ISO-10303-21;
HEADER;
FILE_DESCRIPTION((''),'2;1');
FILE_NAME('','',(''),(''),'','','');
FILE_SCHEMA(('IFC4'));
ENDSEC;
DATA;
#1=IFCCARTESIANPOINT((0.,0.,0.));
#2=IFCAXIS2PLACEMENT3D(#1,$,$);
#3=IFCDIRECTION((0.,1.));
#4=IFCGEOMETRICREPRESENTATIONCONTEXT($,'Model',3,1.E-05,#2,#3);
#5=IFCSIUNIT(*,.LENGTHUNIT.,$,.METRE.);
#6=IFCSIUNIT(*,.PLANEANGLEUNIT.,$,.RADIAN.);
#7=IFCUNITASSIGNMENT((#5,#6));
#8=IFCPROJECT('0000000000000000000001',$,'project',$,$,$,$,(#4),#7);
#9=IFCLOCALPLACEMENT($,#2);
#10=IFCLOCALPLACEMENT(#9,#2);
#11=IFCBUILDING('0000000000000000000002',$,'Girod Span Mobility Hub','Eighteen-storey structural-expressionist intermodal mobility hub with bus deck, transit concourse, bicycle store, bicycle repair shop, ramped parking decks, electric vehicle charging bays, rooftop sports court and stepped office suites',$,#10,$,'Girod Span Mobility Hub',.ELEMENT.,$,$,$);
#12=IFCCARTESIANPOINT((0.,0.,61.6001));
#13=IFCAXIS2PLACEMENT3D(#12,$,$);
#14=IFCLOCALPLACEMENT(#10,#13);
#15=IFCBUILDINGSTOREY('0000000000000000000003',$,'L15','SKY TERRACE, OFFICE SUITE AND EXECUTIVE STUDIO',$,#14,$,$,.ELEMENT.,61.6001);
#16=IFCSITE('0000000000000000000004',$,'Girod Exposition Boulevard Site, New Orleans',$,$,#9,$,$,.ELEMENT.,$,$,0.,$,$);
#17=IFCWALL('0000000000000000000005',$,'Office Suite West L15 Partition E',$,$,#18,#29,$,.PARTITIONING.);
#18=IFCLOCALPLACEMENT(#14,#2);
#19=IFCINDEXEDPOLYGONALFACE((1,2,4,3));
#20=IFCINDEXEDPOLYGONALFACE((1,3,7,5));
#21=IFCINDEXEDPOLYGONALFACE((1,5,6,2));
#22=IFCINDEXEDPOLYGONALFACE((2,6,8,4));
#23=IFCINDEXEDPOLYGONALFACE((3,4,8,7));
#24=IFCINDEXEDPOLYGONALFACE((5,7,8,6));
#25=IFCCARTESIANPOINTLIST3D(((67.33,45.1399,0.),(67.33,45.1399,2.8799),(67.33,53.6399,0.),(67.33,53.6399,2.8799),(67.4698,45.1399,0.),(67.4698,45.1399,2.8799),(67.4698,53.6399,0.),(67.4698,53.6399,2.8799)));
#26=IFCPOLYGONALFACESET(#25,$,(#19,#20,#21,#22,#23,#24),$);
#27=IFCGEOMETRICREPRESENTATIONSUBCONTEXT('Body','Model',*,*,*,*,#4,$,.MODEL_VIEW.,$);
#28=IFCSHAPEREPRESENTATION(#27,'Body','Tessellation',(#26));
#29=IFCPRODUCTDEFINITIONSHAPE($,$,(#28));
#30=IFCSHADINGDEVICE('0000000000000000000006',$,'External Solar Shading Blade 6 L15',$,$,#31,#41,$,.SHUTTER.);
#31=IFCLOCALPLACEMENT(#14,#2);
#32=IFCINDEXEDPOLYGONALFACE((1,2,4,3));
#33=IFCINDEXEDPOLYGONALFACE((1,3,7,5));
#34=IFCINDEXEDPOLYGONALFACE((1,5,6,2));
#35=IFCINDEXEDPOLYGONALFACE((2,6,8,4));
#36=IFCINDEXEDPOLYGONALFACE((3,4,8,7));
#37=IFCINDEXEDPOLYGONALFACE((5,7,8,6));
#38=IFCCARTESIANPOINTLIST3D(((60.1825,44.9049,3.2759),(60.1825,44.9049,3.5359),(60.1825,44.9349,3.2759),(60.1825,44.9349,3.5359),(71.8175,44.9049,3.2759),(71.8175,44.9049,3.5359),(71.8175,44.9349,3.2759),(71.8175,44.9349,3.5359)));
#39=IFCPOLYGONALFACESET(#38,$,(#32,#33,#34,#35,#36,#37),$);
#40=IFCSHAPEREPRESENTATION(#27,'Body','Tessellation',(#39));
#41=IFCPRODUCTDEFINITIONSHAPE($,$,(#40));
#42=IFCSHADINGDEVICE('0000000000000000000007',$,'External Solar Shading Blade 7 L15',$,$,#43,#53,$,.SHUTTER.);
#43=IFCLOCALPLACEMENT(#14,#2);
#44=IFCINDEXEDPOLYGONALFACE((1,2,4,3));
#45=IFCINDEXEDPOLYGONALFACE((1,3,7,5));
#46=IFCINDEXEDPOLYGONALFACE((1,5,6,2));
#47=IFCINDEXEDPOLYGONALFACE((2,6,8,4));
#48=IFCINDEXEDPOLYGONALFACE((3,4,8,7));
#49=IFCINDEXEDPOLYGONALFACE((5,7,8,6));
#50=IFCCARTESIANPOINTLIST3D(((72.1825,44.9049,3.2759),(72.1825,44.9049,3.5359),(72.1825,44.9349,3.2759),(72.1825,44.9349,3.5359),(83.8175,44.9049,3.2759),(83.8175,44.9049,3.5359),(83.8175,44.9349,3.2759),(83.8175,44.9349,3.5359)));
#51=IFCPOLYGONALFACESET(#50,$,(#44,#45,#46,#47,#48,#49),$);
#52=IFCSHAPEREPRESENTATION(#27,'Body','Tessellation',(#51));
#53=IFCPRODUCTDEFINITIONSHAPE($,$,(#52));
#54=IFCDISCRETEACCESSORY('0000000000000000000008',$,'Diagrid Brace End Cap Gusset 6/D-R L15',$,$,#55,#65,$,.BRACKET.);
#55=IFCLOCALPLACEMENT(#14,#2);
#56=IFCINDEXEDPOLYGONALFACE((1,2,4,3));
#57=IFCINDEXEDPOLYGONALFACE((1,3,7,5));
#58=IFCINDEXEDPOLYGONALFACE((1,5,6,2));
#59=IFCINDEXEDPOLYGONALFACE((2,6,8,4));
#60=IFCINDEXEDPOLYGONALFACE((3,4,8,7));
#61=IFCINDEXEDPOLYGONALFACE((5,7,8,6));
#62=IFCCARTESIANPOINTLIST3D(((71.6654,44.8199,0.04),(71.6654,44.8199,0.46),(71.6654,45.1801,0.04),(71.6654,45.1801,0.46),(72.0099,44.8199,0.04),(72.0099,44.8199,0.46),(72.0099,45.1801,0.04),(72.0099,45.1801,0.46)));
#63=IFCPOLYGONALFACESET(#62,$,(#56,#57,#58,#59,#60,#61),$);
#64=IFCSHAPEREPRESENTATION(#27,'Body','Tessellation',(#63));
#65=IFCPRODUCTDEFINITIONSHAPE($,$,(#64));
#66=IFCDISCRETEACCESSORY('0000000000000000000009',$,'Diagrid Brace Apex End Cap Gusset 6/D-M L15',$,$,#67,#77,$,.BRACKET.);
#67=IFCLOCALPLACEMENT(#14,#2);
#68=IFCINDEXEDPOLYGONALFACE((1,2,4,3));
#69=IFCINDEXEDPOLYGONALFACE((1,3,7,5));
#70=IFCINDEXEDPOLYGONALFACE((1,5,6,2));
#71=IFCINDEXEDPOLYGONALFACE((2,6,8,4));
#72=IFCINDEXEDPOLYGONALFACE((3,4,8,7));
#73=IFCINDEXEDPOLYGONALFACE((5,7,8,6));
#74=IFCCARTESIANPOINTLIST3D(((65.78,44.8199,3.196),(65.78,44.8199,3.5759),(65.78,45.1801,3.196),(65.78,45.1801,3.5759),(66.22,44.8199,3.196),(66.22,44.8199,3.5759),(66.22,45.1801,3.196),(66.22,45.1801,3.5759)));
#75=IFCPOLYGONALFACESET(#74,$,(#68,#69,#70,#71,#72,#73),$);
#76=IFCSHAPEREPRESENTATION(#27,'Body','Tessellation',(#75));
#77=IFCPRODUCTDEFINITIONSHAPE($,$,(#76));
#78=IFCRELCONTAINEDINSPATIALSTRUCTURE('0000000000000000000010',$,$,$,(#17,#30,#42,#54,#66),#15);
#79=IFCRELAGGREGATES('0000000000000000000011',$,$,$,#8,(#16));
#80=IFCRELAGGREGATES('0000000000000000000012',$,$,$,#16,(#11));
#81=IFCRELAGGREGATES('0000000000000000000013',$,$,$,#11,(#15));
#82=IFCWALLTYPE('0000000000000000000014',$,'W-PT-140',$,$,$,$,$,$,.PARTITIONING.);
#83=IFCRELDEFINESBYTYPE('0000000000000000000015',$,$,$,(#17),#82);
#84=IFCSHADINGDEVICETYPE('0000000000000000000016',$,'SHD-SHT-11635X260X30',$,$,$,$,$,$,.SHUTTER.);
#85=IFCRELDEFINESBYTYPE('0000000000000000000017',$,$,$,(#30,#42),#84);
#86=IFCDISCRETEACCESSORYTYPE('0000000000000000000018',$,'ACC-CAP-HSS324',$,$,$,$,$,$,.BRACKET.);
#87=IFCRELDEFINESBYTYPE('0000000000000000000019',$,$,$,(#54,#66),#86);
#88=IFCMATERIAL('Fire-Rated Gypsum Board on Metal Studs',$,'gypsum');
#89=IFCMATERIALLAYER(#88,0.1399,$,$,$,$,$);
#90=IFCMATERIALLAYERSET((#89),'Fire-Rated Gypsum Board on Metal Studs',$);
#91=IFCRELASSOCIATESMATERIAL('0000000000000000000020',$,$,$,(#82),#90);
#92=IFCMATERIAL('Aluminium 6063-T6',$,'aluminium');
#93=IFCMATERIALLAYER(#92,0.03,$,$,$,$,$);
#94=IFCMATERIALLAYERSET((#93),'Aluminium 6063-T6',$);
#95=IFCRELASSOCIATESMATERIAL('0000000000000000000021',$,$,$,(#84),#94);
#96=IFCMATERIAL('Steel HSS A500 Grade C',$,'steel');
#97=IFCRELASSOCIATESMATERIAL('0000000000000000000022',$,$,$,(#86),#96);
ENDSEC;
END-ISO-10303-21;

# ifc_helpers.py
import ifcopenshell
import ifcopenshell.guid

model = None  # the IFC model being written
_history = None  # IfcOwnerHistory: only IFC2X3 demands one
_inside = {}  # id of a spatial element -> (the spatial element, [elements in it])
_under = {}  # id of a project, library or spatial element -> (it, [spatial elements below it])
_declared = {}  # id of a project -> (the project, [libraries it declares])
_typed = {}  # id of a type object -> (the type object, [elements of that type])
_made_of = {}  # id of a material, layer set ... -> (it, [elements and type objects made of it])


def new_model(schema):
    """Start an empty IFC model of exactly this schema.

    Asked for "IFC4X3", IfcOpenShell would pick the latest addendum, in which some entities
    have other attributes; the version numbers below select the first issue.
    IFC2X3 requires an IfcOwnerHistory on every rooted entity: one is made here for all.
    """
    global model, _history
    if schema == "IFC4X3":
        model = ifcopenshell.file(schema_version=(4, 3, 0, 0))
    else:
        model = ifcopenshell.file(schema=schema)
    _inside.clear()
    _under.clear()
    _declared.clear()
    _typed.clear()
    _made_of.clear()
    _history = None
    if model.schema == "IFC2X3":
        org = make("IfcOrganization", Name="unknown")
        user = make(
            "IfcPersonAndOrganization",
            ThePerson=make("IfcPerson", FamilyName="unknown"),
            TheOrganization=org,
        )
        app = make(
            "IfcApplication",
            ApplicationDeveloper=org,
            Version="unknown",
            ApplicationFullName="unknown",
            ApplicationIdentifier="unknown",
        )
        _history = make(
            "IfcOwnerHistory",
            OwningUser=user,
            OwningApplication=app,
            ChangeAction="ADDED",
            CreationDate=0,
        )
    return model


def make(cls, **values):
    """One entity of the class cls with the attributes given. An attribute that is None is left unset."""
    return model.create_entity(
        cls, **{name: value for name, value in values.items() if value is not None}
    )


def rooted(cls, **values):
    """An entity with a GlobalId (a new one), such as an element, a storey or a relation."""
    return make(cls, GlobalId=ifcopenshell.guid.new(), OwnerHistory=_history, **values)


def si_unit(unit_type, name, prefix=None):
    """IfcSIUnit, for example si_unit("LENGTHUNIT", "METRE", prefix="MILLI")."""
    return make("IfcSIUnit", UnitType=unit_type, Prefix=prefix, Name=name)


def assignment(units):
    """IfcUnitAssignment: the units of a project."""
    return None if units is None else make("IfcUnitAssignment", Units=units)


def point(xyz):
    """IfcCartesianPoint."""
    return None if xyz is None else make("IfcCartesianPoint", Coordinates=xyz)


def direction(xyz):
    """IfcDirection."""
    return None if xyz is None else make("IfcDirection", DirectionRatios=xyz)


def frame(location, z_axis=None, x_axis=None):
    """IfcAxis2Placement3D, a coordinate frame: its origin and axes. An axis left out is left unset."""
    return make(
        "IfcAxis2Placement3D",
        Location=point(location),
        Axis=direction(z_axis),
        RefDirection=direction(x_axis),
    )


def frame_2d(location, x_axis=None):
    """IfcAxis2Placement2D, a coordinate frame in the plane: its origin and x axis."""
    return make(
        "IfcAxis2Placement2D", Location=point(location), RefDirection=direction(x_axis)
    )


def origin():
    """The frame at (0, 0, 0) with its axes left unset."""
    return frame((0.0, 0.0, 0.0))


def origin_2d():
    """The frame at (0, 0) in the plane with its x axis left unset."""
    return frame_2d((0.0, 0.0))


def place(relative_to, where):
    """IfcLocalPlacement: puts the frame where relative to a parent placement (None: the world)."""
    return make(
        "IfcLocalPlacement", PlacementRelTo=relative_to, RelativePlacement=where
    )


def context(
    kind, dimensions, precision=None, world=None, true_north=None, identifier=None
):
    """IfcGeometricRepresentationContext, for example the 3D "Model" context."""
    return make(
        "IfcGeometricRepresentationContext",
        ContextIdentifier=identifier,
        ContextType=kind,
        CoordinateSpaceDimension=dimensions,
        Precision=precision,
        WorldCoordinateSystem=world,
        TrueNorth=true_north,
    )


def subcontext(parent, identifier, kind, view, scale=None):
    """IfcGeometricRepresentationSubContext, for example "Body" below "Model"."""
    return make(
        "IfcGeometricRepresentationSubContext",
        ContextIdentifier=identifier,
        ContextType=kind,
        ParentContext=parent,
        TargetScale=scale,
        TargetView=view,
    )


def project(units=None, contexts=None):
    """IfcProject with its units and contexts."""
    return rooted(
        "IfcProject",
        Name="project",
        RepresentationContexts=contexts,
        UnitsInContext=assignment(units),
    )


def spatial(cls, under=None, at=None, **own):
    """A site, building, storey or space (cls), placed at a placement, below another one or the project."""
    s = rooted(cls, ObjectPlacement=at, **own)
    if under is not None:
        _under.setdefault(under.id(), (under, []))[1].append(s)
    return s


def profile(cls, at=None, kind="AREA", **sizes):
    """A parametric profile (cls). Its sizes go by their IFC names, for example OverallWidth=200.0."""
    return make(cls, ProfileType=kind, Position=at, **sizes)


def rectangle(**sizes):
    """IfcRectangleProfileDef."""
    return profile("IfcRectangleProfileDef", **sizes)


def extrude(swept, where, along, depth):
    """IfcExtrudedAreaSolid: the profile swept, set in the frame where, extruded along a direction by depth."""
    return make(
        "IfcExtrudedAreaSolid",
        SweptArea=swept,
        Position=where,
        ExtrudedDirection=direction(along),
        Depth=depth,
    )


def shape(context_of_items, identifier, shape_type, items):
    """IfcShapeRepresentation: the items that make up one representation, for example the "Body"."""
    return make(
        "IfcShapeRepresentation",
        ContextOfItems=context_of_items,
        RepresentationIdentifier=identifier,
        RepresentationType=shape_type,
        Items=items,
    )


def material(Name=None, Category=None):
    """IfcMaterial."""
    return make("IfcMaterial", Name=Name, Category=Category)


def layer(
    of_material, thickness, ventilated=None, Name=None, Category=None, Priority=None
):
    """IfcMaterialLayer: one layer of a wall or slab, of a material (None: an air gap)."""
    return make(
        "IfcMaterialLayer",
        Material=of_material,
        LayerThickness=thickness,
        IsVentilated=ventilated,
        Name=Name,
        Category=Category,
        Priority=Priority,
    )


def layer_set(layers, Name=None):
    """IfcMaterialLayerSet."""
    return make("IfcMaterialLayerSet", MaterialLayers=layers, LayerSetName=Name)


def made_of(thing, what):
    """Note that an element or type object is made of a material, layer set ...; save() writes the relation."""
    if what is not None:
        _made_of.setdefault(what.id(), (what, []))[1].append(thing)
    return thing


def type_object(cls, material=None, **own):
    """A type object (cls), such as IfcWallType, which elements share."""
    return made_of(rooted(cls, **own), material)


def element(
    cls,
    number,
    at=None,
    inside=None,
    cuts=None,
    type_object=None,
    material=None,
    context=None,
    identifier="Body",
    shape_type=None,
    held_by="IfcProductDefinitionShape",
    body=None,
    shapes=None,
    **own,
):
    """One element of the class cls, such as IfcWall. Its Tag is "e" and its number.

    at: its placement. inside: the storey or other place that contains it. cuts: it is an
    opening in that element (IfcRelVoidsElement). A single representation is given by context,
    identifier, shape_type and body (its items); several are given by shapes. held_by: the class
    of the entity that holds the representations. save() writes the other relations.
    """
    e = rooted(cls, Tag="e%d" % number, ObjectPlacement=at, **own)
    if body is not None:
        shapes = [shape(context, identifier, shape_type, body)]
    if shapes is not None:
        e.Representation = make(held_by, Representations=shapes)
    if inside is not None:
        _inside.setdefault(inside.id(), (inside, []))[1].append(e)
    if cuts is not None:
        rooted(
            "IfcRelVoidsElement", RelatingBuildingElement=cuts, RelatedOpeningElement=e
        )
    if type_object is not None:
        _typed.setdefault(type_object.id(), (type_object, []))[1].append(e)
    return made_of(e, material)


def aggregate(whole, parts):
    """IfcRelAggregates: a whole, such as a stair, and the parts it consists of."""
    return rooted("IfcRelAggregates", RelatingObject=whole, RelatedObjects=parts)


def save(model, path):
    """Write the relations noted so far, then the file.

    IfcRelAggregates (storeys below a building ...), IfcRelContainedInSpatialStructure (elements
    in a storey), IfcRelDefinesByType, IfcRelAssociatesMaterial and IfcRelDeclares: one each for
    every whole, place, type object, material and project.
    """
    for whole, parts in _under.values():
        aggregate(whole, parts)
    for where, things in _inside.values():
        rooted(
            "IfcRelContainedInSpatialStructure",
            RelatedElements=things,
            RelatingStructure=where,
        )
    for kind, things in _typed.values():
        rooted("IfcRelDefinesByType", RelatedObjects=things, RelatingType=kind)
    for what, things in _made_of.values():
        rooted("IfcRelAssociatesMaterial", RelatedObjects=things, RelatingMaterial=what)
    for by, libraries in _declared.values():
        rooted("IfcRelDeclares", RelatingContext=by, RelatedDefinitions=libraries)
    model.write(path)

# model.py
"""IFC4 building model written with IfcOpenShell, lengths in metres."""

from ifc_helpers import new_model, si_unit, direction, frame, frame_2d, origin, origin_2d, place, context, subcontext, project, spatial, rectangle, extrude, material, layer, layer_set, type_object, element, save


model = new_model("IFC4")

# Units and contexts
model_context = context("Model", 3, precision=1e-05, world=origin(), true_north=direction((0.0, 1.0)))
body_context = subcontext(model_context, "Body", "Model", "MODEL_VIEW")
ifc_project = project(units=[si_unit("LENGTHUNIT", "METRE"), si_unit("PLANEANGLEUNIT", "RADIAN")], contexts=[model_context])

# Site, building, storey
site_placement = place(None, origin())
site = spatial("IfcSite", under=ifc_project, at=site_placement, Name="Girod Exposition Boulevard Site, New Orleans", CompositionType="ELEMENT", RefElevation=0.0)
building_placement = place(site_placement, origin())
building = spatial("IfcBuilding", under=site, at=building_placement, Name="Girod Span Mobility Hub", Description="Eighteen-storey structural-expressionist intermodal mobility hub with bus deck, transit concourse, bicycle store, bicycle repair shop, ramped parking decks, electric vehicle charging bays, rooftop sports court and stepped office suites", LongName="Girod Span Mobility Hub", CompositionType="ELEMENT")
storey_placement = place(building_placement, frame((0.0, 0.0, 61.6001)))
storey = spatial("IfcBuildingStorey", under=building, at=storey_placement, Name="L15", Description="SKY TERRACE, OFFICE SUITE AND EXECUTIVE STUDIO", CompositionType="ELEMENT", Elevation=61.6001)

# Wall
ifc_material_1 = material(Name="Fire-Rated Gypsum Board on Metal Studs", Category="gypsum")
ifc_layer_1 = layer(ifc_material_1, 0.1399)
ifc_layer_set_1 = layer_set([ifc_layer_1], Name="Fire-Rated Gypsum Board on Metal Studs")
wall_type_1 = type_object("IfcWallType", Name="W-PT-140", PredefinedType="PARTITIONING", material=ifc_layer_set_1)
wall_1_placement = place(storey_placement, frame((67.3999, 45.1399, 0.0), z_axis=(0.0, 0.0, 1.0), x_axis=(0.0, 1.0, 0.0)))
element("IfcWall", 1, at=wall_1_placement, inside=storey, type_object=wall_type_1, Name="Office Suite West L15 Partition E", PredefinedType="PARTITIONING", context=body_context, shape_type="SweptSolid", body=[
    extrude(rectangle(XDim=8.5, YDim=0.1399, at=frame_2d((4.25, 0.0))), origin(), (0.0, 0.0, 1.0), 2.8799),
])

# Shading devices
ifc_material_2 = material(Name="Aluminium 6063-T6", Category="aluminium")
ifc_layer_2 = layer(ifc_material_2, 0.03)
ifc_layer_set_2 = layer_set([ifc_layer_2], Name="Aluminium 6063-T6")
shading_device_type = type_object("IfcShadingDeviceType", Name="SHD-SHT-11635X260X30", PredefinedType="SHUTTER", material=ifc_layer_set_2)
for number, where, z_axis, x_axis, name in (
    (2, (66.0, 44.9199, 3.2759), (0.0, 0.0, 1.0), (1.0, 0.0, 0.0), "External Solar Shading Blade 6 L15"),
    (3, (78.0, 44.9199, 3.2759), (0.0, 0.0, 1.0), (1.0, 0.0, 0.0), "External Solar Shading Blade 7 L15"),
):
    element("IfcShadingDevice", number, at=place(storey_placement, frame(where, z_axis=z_axis, x_axis=x_axis)), inside=storey, type_object=shading_device_type, Name=name, PredefinedType="SHUTTER", context=body_context, shape_type="SweptSolid", body=[
        extrude(rectangle(XDim=11.635, YDim=0.03, at=origin_2d()), origin(), (0.0, 0.0, 1.0), 0.26),
    ])

# Discrete accessories
ifc_material_3 = material(Name="Steel HSS A500 Grade C", Category="steel")
discrete_accessory_type = type_object("IfcDiscreteAccessoryType", Name="ACC-CAP-HSS324", PredefinedType="BRACKET", material=ifc_material_3)
discrete_accessory_1_placement = place(storey_placement, frame((71.8376, 45.0, 0.04), z_axis=(0.0, 0.0, 1.0), x_axis=(1.0, 0.0, 0.0)))
element("IfcDiscreteAccessory", 4, at=discrete_accessory_1_placement, inside=storey, type_object=discrete_accessory_type, Name="Diagrid Brace End Cap Gusset 6/D-R L15", PredefinedType="BRACKET", context=body_context, shape_type="SweptSolid", body=[
    extrude(rectangle(XDim=0.3445, YDim=0.3601, at=origin_2d()), origin(), (0.0, 0.0, 1.0), 0.4199),
])
discrete_accessory_2_placement = place(storey_placement, frame((66.0, 45.0, 3.196), z_axis=(0.0, 0.0, 1.0), x_axis=(1.0, 0.0, 0.0)))
element("IfcDiscreteAccessory", 5, at=discrete_accessory_2_placement, inside=storey, type_object=discrete_accessory_type, Name="Diagrid Brace Apex End Cap Gusset 6/D-M L15", PredefinedType="BRACKET", context=body_context, shape_type="SweptSolid", body=[
    extrude(rectangle(XDim=0.4399, YDim=0.3601, at=origin_2d()), origin(), (0.0, 0.0, 1.0), 0.3799),
])

save(model, "model.ifc")
